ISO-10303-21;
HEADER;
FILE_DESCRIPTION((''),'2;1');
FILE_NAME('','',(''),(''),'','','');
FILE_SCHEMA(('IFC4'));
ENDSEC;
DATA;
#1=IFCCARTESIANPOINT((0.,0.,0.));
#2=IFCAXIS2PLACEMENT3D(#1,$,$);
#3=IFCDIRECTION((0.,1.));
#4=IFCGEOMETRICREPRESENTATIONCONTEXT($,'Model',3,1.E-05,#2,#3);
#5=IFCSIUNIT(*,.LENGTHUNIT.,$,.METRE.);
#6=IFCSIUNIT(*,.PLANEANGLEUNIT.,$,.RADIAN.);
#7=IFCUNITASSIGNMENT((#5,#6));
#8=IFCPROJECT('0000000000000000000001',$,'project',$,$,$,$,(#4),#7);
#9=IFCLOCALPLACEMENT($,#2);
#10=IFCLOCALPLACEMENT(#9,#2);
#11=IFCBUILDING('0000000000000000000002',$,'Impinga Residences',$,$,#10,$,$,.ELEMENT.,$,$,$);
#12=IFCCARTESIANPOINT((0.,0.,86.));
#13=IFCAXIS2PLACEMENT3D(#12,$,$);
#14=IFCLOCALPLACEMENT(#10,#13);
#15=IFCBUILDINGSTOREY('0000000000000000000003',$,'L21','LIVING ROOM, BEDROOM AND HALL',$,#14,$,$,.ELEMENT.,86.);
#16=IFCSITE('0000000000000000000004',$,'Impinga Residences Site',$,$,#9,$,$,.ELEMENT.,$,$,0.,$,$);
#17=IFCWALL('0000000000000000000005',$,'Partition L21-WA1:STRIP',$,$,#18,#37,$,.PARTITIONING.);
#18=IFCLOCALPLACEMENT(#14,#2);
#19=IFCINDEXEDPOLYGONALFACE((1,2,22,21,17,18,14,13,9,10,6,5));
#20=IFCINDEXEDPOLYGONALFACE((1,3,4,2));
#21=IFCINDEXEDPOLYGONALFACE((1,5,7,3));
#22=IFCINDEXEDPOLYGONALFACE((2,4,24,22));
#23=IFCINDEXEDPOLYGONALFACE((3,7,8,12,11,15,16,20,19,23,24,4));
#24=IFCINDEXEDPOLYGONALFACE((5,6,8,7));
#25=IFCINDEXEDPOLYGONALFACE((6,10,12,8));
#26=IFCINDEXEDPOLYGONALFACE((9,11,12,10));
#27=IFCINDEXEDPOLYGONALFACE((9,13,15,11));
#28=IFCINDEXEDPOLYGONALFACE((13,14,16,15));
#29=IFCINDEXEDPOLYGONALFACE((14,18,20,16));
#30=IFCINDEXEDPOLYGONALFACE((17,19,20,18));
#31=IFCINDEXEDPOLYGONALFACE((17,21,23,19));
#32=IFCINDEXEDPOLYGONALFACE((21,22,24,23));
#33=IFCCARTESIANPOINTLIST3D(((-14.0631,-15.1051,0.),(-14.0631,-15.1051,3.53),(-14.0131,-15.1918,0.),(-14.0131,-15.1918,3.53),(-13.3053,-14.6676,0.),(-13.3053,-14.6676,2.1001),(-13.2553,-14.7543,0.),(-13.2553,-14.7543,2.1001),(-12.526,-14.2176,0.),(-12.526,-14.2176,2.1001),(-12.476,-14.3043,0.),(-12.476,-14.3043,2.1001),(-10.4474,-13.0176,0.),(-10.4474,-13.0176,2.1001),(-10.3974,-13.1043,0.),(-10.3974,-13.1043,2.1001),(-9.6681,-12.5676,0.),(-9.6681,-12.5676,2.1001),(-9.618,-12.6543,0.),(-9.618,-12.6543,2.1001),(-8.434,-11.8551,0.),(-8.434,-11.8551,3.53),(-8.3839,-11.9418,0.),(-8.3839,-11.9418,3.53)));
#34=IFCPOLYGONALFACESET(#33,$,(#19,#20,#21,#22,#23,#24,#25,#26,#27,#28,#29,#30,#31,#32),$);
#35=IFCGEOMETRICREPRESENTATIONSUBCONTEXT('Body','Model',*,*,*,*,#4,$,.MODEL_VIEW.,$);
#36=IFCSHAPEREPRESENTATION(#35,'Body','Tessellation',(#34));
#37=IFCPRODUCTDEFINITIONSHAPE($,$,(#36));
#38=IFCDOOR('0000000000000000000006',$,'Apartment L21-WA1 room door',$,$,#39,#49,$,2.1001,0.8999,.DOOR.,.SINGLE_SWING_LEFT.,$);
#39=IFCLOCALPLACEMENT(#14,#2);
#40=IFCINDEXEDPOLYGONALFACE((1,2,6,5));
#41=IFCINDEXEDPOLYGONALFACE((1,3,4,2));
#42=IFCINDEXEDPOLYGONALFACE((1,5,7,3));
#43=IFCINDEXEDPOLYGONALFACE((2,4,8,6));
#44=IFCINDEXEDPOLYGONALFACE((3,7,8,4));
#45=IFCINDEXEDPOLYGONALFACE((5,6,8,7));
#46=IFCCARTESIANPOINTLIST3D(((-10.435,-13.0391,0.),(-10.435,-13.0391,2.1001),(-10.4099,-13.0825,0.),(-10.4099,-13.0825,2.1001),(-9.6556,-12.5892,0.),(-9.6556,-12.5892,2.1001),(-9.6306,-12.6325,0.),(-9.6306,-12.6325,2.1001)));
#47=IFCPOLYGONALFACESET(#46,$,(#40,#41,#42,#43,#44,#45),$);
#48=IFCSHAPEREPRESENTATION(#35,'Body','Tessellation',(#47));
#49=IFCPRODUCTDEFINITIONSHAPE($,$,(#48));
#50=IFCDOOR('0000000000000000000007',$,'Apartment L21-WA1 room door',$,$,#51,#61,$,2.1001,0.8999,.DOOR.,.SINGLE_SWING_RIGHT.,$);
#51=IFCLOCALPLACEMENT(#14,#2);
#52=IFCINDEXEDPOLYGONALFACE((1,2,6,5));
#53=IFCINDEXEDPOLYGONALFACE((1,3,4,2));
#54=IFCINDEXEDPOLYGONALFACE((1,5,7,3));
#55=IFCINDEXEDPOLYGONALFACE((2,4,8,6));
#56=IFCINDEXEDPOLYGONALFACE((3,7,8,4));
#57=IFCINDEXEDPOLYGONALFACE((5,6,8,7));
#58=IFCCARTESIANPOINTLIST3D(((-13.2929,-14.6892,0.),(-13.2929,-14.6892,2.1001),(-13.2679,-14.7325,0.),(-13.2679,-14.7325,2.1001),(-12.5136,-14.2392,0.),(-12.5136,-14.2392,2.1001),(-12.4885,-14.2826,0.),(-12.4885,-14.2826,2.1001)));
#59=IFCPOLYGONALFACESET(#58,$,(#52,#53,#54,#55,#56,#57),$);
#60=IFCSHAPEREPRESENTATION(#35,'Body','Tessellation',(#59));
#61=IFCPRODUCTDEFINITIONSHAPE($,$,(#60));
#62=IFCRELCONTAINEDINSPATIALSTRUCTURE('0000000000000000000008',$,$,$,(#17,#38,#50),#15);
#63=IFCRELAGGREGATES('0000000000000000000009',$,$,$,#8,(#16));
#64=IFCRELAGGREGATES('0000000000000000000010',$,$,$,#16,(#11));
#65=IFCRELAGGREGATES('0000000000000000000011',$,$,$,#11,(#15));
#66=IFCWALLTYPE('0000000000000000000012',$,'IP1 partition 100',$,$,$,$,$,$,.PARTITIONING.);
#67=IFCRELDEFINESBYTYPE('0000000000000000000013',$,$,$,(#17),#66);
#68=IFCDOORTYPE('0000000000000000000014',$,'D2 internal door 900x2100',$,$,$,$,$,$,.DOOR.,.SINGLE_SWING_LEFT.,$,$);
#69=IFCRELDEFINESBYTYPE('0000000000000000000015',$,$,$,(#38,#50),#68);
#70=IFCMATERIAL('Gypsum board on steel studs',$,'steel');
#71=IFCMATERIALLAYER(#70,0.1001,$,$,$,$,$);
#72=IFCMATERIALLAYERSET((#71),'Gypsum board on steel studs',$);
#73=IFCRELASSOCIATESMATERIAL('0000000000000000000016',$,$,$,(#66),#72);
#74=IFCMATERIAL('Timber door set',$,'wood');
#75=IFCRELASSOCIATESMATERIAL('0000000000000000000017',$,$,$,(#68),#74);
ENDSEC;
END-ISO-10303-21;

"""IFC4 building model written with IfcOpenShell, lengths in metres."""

from ifc_helpers import new_model, si_unit, direction, frame, frame_2d, origin, place, context, subcontext, project, spatial, rectangle, extrude, material, layer, layer_set, type_object, element, fill, save


model = new_model("IFC4")

# Units and contexts
model_context = context("Model", 3, precision=1e-05, world=origin(), true_north=direction((0.0, 1.0)))
body_context = subcontext(model_context, "Body", "Model", "MODEL_VIEW")
ifc_project = project(units=[si_unit("LENGTHUNIT", "METRE"), si_unit("PLANEANGLEUNIT", "RADIAN")], contexts=[model_context])

# Site, building, storey
site_placement = place(None, origin())
site = spatial("IfcSite", under=ifc_project, at=site_placement, Name="Impinga Residences Site", CompositionType="ELEMENT", RefElevation=0.0)
building_placement = place(site_placement, origin())
building = spatial("IfcBuilding", under=site, at=building_placement, Name="Impinga Residences", CompositionType="ELEMENT")
storey_placement = place(building_placement, frame((0.0, 0.0, 86.0)))
storey = spatial("IfcBuildingStorey", under=building, at=storey_placement, Name="L21", Description="LIVING ROOM, BEDROOM AND HALL", CompositionType="ELEMENT", Elevation=86.0)

# Wall, openings, doors
ifc_material_1 = material(Name="Gypsum board on steel studs", Category="steel")
ifc_layer_1 = layer(ifc_material_1, 0.1001)
ifc_layer_set_1 = layer_set([ifc_layer_1], Name="Gypsum board on steel studs")
wall_type_1 = type_object("IfcWallType", Name="IP1 partition 100", PredefinedType="PARTITIONING", material=ifc_layer_set_1)
wall_1_placement = place(storey_placement, frame((-8.4089, -11.8984, 0.0), z_axis=(0.0, 0.0, 1.0), x_axis=(-0.866025, -0.500001, 0.0)))
wall_1 = element("IfcWall", 1, at=wall_1_placement, inside=storey, type_object=wall_type_1, Name="Partition L21-WA1:STRIP", PredefinedType="PARTITIONING", context=body_context, shape_type="SweptSolid", body=[
    extrude(rectangle(XDim=6.5, YDim=0.1001, at=frame_2d((3.25, 0.0))), origin(), (0.0, 0.0, 1.0), 3.53),
])
opening_1_placement = place(wall_1_placement, frame((1.425, 0.0, 0.0)))
opening_1 = element("IfcOpeningElement", 2, at=opening_1_placement, cuts=wall_1, PredefinedType="OPENING", context=body_context, shape_type="SweptSolid", body=[
    extrude(rectangle(XDim=0.8999, YDim=2.1001, at=frame_2d((0.45, 1.05))), frame((0.0, 0.0601, 0.0), z_axis=(0.0, -1.0, 0.0), x_axis=(1.0, 0.0, 0.0)), (0.0, 0.0, 1.0), 0.1201),
])
opening_2_placement = place(wall_1_placement, frame((4.7251, 0.0, 0.0)))
opening_2 = element("IfcOpeningElement", 3, at=opening_2_placement, cuts=wall_1, PredefinedType="OPENING", context=body_context, shape_type="SweptSolid", body=[
    extrude(rectangle(XDim=0.8999, YDim=2.1001, at=frame_2d((0.45, 1.05))), frame((0.0, 0.0601, 0.0), z_axis=(0.0, -1.0, 0.0), x_axis=(1.0, 0.0, 0.0)), (0.0, 0.0, 1.0), 0.1201),
])
ifc_material_2 = material(Name="Timber door set", Category="wood")
door_type = type_object("IfcDoorType", Name="D2 internal door 900x2100", OperationType="SINGLE_SWING_LEFT", PredefinedType="DOOR", material=ifc_material_2)
door_1_placement = place(opening_1_placement, origin())
door_1 = element("IfcDoor", 4, at=door_1_placement, inside=storey, type_object=door_type, Name="Apartment L21-WA1 room door", OperationType="SINGLE_SWING_LEFT", OverallHeight=2.1001, OverallWidth=0.8999, PredefinedType="DOOR", context=body_context, shape_type="SweptSolid", body=[
    extrude(rectangle(XDim=0.8999, YDim=2.1001, at=frame_2d((0.45, 1.05))), frame((0.0, 0.0249, 0.0), z_axis=(0.0, -1.0, 0.0), x_axis=(1.0, 0.0, 0.0)), (0.0, 0.0, 1.0), 0.05),
])
fill(opening_1, door_1)
door_2_placement = place(opening_2_placement, origin())
door_2 = element("IfcDoor", 5, at=door_2_placement, inside=storey, type_object=door_type, Name="Apartment L21-WA1 room door", OperationType="SINGLE_SWING_RIGHT", OverallHeight=2.1001, OverallWidth=0.8999, PredefinedType="DOOR", context=body_context, shape_type="SweptSolid", body=[
    extrude(rectangle(XDim=0.8999, YDim=2.1001, at=frame_2d((0.45, 1.05))), frame((0.0, 0.0249, 0.0), z_axis=(0.0, -1.0, 0.0), x_axis=(1.0, 0.0, 0.0)), (0.0, 0.0, 1.0), 0.05),
])
fill(opening_2, door_2)

save(model, "model.ifc")
